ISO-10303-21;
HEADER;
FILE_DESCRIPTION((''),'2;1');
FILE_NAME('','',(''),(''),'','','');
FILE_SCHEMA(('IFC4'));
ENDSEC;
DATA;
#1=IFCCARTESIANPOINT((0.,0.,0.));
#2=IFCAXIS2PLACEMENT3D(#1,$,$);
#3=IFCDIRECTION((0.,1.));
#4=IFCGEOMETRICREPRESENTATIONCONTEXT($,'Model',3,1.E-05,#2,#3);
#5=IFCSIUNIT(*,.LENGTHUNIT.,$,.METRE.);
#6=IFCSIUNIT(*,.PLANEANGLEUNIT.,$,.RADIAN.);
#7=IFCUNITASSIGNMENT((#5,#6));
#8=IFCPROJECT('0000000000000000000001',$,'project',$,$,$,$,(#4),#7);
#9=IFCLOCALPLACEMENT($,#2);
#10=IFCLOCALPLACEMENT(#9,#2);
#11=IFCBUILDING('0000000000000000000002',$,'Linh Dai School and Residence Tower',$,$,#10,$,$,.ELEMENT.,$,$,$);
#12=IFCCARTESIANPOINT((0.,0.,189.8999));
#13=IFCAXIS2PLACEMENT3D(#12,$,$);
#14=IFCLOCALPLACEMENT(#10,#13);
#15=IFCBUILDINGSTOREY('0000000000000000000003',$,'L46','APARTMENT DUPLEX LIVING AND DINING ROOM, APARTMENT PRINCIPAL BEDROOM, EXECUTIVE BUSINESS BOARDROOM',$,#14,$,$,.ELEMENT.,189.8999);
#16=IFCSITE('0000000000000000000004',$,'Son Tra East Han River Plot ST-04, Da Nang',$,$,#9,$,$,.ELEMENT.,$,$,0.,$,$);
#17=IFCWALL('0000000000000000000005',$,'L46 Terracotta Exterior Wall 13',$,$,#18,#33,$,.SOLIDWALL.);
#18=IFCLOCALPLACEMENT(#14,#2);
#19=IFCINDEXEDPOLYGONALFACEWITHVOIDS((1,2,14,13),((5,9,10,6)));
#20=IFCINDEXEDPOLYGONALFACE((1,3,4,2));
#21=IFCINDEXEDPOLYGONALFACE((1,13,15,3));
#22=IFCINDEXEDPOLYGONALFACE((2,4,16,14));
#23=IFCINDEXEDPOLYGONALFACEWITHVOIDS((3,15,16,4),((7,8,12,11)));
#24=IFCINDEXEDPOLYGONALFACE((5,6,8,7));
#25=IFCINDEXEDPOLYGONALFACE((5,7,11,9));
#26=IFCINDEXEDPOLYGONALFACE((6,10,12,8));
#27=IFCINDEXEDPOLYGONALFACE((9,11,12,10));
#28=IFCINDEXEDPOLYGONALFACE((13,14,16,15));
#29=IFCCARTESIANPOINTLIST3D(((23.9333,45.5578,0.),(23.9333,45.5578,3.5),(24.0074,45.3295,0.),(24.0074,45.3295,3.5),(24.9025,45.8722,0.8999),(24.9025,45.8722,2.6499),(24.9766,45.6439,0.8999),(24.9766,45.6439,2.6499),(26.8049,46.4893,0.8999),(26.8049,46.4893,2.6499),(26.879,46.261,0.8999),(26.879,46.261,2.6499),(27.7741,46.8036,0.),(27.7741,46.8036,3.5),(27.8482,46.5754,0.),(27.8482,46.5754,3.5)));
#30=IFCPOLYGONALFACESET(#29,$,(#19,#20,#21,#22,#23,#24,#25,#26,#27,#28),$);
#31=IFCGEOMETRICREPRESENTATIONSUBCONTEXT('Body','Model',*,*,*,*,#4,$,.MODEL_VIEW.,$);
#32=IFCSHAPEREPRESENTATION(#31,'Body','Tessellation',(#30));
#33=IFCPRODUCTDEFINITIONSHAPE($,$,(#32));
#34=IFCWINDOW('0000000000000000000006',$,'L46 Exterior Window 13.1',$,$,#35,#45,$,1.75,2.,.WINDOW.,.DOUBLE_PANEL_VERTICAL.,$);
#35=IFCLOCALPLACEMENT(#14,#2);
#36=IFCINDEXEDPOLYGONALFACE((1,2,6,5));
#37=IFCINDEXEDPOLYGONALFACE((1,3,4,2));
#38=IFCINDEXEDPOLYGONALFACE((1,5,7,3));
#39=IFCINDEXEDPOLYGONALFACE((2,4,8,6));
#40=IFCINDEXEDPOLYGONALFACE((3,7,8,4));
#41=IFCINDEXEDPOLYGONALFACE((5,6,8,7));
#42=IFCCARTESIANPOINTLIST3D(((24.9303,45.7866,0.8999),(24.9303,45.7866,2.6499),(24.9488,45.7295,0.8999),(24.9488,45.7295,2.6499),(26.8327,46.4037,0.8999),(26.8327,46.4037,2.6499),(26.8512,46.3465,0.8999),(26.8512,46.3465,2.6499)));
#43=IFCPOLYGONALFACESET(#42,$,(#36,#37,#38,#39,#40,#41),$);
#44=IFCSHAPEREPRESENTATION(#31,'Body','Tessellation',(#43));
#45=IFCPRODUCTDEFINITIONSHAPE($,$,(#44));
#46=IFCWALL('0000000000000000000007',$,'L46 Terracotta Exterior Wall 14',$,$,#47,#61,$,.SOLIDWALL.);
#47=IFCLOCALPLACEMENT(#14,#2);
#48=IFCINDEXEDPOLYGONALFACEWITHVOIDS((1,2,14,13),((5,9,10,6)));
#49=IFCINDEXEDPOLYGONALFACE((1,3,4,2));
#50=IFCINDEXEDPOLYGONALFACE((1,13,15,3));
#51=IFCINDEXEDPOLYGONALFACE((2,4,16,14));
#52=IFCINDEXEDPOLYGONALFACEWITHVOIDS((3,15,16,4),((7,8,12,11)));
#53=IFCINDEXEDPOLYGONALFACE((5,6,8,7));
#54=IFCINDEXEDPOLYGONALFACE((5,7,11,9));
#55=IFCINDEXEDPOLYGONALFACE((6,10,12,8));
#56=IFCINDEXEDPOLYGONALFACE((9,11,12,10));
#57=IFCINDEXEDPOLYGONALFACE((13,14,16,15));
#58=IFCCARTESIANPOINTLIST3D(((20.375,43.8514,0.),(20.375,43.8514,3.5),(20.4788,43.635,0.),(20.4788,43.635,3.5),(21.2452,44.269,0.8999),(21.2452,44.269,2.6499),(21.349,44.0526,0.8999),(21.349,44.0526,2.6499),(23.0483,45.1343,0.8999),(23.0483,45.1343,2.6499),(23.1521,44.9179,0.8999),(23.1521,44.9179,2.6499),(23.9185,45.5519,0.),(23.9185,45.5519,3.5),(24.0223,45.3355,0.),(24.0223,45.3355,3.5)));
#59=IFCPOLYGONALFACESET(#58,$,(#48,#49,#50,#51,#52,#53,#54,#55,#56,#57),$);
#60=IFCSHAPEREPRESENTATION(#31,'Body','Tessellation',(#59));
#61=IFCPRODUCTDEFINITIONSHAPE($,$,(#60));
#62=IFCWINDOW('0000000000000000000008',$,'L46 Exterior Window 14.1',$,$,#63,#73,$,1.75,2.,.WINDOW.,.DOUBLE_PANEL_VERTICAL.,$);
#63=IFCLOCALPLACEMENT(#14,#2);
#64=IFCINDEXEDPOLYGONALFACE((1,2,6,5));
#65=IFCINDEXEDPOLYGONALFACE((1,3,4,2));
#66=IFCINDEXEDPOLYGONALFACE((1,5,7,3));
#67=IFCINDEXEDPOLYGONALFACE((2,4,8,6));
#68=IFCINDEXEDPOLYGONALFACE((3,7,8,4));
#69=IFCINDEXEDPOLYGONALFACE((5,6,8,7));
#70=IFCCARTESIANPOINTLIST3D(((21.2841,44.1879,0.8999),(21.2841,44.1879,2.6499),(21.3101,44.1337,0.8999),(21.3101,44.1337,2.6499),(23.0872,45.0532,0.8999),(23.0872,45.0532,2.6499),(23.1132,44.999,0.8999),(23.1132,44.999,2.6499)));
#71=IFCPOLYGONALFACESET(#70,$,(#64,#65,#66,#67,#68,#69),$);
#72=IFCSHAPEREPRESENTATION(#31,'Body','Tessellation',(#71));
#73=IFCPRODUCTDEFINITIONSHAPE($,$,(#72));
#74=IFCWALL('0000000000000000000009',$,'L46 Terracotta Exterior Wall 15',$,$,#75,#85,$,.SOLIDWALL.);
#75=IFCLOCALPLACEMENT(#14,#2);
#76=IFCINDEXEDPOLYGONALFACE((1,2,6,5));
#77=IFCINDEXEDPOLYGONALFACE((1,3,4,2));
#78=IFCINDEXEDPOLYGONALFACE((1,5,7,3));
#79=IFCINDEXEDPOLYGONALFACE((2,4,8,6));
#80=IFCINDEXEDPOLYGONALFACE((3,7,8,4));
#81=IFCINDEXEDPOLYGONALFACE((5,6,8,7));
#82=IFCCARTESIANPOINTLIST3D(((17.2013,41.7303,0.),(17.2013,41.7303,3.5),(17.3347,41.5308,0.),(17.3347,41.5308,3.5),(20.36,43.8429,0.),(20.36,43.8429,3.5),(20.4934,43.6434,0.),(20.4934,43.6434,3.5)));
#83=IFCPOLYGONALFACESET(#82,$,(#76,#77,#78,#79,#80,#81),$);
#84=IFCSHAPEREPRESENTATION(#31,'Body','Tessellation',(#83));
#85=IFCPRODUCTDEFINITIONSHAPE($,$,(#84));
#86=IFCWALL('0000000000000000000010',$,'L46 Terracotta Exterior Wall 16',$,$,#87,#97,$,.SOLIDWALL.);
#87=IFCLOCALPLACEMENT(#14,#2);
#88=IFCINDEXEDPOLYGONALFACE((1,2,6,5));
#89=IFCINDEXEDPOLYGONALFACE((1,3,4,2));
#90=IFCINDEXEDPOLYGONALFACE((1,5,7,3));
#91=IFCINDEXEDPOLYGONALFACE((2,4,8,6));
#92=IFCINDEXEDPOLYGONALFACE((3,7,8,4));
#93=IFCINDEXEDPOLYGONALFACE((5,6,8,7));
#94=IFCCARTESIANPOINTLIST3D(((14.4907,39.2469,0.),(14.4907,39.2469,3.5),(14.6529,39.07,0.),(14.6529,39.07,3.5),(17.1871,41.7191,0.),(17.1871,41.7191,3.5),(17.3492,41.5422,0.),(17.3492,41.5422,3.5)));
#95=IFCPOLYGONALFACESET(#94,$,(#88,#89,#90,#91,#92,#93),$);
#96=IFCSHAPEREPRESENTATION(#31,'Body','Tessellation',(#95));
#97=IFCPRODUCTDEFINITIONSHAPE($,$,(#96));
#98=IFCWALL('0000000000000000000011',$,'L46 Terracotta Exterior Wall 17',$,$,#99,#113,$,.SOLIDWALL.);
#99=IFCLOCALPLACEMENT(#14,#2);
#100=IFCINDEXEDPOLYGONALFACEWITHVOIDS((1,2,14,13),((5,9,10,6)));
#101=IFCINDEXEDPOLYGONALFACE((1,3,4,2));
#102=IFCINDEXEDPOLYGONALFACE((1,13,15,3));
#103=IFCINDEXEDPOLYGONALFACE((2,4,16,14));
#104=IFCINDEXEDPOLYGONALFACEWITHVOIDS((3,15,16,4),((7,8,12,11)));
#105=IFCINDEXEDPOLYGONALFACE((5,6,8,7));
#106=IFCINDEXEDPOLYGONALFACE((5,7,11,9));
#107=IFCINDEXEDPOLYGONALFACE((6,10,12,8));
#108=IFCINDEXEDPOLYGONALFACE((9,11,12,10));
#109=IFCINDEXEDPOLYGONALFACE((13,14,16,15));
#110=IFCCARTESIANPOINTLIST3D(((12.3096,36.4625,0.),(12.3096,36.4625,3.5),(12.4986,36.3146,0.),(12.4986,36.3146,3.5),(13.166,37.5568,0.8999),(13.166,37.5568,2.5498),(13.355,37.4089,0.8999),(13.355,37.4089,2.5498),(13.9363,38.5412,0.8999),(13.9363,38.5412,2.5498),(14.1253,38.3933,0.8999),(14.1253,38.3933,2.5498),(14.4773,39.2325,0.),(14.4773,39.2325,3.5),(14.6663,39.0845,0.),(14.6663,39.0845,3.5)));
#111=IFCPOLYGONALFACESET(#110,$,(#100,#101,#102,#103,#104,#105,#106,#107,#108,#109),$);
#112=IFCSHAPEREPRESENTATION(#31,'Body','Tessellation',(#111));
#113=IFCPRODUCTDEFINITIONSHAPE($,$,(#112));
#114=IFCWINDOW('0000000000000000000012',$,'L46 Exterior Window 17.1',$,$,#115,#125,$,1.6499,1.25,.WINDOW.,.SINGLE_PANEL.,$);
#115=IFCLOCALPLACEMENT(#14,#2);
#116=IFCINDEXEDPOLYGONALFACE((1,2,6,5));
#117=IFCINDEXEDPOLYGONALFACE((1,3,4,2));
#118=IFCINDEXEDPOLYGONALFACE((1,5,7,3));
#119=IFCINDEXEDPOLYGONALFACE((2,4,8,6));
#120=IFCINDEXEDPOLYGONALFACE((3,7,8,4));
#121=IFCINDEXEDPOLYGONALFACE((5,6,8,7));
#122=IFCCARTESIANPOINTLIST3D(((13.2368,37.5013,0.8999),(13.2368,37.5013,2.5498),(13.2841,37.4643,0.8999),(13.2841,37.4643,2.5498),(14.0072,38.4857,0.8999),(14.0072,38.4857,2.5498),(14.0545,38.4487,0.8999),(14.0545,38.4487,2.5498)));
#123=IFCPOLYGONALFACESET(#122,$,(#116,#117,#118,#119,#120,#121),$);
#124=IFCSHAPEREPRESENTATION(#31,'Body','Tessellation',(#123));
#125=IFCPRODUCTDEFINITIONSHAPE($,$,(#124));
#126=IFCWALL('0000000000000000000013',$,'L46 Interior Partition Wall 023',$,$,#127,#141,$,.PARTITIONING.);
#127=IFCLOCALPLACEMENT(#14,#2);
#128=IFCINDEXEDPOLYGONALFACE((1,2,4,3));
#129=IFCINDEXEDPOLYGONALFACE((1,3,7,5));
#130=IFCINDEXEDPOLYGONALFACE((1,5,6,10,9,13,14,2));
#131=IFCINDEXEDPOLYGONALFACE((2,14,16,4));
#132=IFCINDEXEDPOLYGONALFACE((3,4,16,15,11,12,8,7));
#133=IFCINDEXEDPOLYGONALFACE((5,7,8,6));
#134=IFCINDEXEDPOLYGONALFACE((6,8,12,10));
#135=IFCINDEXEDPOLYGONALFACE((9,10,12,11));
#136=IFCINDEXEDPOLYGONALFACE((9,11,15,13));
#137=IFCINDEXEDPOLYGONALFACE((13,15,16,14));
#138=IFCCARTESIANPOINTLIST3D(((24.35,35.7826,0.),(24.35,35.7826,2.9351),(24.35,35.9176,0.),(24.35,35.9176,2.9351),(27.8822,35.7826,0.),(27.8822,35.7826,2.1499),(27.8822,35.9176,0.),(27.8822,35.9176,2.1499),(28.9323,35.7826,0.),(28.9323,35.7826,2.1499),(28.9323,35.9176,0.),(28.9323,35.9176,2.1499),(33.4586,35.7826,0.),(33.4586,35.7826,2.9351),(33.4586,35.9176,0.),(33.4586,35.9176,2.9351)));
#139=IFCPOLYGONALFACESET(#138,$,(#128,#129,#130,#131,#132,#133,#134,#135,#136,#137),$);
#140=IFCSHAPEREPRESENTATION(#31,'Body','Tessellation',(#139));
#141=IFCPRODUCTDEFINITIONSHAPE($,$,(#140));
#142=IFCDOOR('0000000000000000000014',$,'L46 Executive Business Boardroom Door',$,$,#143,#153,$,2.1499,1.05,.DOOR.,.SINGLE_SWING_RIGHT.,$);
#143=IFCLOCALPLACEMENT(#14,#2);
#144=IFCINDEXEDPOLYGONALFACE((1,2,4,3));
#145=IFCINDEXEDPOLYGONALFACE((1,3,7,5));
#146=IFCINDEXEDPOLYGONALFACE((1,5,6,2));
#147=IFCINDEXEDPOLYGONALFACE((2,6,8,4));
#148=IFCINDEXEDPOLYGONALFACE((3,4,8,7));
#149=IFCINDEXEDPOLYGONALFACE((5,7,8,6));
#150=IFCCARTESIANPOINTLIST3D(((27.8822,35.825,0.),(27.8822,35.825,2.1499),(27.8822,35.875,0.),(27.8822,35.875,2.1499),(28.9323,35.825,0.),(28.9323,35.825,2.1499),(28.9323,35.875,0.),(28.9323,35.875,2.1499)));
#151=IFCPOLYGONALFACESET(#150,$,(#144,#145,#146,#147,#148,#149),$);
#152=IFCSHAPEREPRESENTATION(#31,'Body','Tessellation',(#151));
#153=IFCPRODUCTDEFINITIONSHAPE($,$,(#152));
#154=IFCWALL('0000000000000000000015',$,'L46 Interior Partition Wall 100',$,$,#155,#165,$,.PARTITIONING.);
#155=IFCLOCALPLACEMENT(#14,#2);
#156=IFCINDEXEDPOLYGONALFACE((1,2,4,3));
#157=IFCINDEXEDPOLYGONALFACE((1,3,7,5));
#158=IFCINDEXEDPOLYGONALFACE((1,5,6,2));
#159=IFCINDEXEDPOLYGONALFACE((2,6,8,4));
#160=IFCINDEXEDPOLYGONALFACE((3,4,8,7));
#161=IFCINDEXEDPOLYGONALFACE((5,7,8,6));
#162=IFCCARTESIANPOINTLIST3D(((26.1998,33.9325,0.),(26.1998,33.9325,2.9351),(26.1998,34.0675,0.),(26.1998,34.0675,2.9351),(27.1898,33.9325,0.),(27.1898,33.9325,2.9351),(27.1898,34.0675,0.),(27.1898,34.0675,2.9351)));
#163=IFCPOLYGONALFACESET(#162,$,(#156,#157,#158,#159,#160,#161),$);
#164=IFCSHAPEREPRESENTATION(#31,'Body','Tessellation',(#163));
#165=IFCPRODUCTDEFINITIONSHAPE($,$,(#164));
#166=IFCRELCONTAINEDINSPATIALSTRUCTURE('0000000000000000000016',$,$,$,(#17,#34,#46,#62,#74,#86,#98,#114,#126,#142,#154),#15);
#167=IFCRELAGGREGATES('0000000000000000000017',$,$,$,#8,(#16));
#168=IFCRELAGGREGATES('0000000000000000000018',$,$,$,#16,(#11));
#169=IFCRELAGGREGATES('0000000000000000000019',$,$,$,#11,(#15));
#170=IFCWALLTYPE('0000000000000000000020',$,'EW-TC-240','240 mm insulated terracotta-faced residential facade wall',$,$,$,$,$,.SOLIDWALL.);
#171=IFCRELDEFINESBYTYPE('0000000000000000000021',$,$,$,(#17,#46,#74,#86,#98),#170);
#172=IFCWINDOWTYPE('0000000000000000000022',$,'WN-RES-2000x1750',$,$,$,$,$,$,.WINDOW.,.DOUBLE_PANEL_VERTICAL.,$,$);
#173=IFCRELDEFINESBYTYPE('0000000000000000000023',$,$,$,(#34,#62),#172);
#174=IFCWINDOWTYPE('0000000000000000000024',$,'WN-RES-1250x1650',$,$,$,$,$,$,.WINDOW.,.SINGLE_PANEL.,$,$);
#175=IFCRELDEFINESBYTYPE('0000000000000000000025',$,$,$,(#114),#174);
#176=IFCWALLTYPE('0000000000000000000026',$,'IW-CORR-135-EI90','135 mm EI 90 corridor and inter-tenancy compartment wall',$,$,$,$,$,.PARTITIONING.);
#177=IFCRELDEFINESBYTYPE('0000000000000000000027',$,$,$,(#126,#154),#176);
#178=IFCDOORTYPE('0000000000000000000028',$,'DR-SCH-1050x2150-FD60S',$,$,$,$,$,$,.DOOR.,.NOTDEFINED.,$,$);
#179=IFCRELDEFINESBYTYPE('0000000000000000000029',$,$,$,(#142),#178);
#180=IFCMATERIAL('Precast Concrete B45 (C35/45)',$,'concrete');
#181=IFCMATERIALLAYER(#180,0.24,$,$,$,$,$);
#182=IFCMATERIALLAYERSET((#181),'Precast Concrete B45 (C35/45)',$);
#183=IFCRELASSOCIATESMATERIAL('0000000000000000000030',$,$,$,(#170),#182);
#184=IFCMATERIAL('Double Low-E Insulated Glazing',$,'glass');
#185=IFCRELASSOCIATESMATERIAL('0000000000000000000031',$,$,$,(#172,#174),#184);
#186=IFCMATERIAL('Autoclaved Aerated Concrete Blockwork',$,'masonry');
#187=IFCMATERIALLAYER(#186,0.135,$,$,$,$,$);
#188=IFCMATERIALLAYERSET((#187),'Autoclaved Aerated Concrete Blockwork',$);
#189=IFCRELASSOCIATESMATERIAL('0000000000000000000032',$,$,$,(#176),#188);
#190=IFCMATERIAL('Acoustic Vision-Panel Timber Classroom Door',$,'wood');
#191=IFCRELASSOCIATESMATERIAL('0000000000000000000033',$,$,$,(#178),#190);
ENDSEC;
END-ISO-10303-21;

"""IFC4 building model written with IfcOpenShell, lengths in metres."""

from ifc_helpers import new_model, si_unit, direction, frame, frame_2d, origin, origin_2d, place, context, subcontext, project, spatial, rectangle, extrude, source, transform, mapped, material, layer, layer_set, type_object, element, fill, save


model = new_model("IFC4")

# Units and contexts
model_context = context("Model", 3, precision=1e-05, world=origin(), true_north=direction((0.0, 1.0)))
body_context = subcontext(model_context, "Body", "Model", "MODEL_VIEW")
ifc_project = project(units=[si_unit("LENGTHUNIT", "METRE"), si_unit("PLANEANGLEUNIT", "RADIAN")], contexts=[model_context])

# Site, building, storey
site_placement = place(None, origin())
site = spatial("IfcSite", under=ifc_project, at=site_placement, Name="Son Tra East Han River Plot ST-04, Da Nang", CompositionType="ELEMENT", RefElevation=0.0)
building_placement = place(site_placement, origin())
building = spatial("IfcBuilding", under=site, at=building_placement, Name="Linh Dai School and Residence Tower", CompositionType="ELEMENT")
storey_placement = place(building_placement, frame((0.0, 0.0, 189.8999)))
storey = spatial("IfcBuildingStorey", under=building, at=storey_placement, Name="L46", Description="APARTMENT DUPLEX LIVING AND DINING ROOM, APARTMENT PRINCIPAL BEDROOM, EXECUTIVE BUSINESS BOARDROOM", CompositionType="ELEMENT", Elevation=189.8999)

# Shared definitions
ifc_material_1 = material(Name="Precast Concrete B45 (C35/45)", Category="concrete")

# Walls, openings, windows
ifc_layer_1 = layer(ifc_material_1, 0.24)
ifc_layer_set_1 = layer_set([ifc_layer_1], Name="Precast Concrete B45 (C35/45)")
wall_type_1 = type_object("IfcWallType", Name="EW-TC-240", Description="240 mm insulated terracotta-faced residential facade wall", PredefinedType="SOLIDWALL", material=ifc_layer_set_1)
wall_1_placement = place(storey_placement, frame((23.9702, 45.4436, 0.0), z_axis=(0.0, 0.0, 1.0), x_axis=(0.95121, 0.308545, 0.0)))
wall_1 = element("IfcWall", 1, at=wall_1_placement, inside=storey, type_object=wall_type_1, Name="L46 Terracotta Exterior Wall 13", PredefinedType="SOLIDWALL", context=body_context, shape_type="SweptSolid", body=[
    extrude(rectangle(XDim=4.0378, YDim=0.24, at=frame_2d((2.019, 0.0))), origin(), (0.0, 0.0, 1.0), 3.5),
])
opening_1_placement = place(wall_1_placement, frame((1.019, 0.0, 0.8999)))
opening_1 = element("IfcOpeningElement", 2, at=opening_1_placement, cuts=wall_1, PredefinedType="OPENING", context=body_context, shape_type="SweptSolid", body=[
    extrude(rectangle(XDim=2.0, YDim=1.75, at=origin_2d()), frame((1.0, 0.1299, 0.875), z_axis=(0.0, -1.0, 0.0), x_axis=(1.0, 0.0, 0.0)), (0.0, 0.0, 1.0), 0.26),
])
ifc_material_2 = material(Name="Double Low-E Insulated Glazing", Category="glass")
window_type_1 = type_object("IfcWindowType", Name="WN-RES-2000x1750", PartitioningType="DOUBLE_PANEL_VERTICAL", PredefinedType="WINDOW", material=ifc_material_2)
shared_shape_1 = source(origin(), body_context, "Body", "SweptSolid", [
    extrude(rectangle(XDim=2.0, YDim=1.75, at=origin_2d()), frame((1.0, 0.03, 0.875), z_axis=(0.0, -1.0, 0.0), x_axis=(1.0, 0.0, 0.0)), (0.0, 0.0, 1.0), 0.0601),
])
window_1_placement = place(opening_1_placement, origin())
window_1 = element("IfcWindow", 3, at=window_1_placement, inside=storey, type_object=window_type_1, Name="L46 Exterior Window 13.1", OverallHeight=1.75, OverallWidth=2.0, PartitioningType="DOUBLE_PANEL_VERTICAL", PredefinedType="WINDOW", context=body_context, shape_type="MappedRepresentation", body=[
    mapped(shared_shape_1, transform((0.0, 0.0, 0.0), x_axis=(1.0, 0.0, 0.0), y_axis=(0.0, 1.0, 0.0), z_axis=(0.0, 0.0, 1.0), scale=1.0)),
])
fill(opening_1, window_1)
wall_2_placement = place(storey_placement, frame((20.4268, 43.7432, 0.0), z_axis=(0.0, 0.0, 1.0), x_axis=(0.901565, 0.432644, 0.0)))
wall_2 = element("IfcWall", 4, at=wall_2_placement, inside=storey, type_object=wall_type_1, Name="L46 Terracotta Exterior Wall 14", PredefinedType="SOLIDWALL", context=body_context, shape_type="SweptSolid", body=[
    extrude(rectangle(XDim=3.9304, YDim=0.24, at=frame_2d((1.9653, 0.0))), origin(), (0.0, 0.0, 1.0), 3.5),
])
opening_2_placement = place(wall_2_placement, frame((0.9653, 0.0, 0.8999)))
opening_2 = element("IfcOpeningElement", 5, at=opening_2_placement, cuts=wall_2, PredefinedType="OPENING", context=body_context, shape_type="SweptSolid", body=[
    extrude(rectangle(XDim=2.0, YDim=1.75, at=origin_2d()), frame((1.0, 0.1299, 0.875), z_axis=(0.0, -1.0, 0.0), x_axis=(1.0, 0.0, 0.0)), (0.0, 0.0, 1.0), 0.26),
])
window_2_placement = place(opening_2_placement, origin())
window_2 = element("IfcWindow", 6, at=window_2_placement, inside=storey, type_object=window_type_1, Name="L46 Exterior Window 14.1", OverallHeight=1.75, OverallWidth=2.0, PartitioningType="DOUBLE_PANEL_VERTICAL", PredefinedType="WINDOW", context=body_context, shape_type="MappedRepresentation", body=[
    mapped(shared_shape_1, transform((0.0, 0.0, 0.0), x_axis=(1.0, 0.0, 0.0), y_axis=(0.0, 1.0, 0.0), z_axis=(0.0, 0.0, 1.0), scale=1.0)),
])
fill(opening_2, window_2)

# Walls
wall_3_placement = place(storey_placement, frame((17.2681, 41.6306, 0.0), z_axis=(0.0, 0.0, 1.0), x_axis=(0.831229, 0.55593, 0.0)))
element("IfcWall", 7, at=wall_3_placement, inside=storey, type_object=wall_type_1, Name="L46 Terracotta Exterior Wall 15", PredefinedType="SOLIDWALL", context=body_context, shape_type="SweptSolid", body=[
    extrude(rectangle(XDim=3.8, YDim=0.24, at=frame_2d((1.8999, 0.0))), origin(), (0.0, 0.0, 1.0), 3.5),
])
wall_4_placement = place(storey_placement, frame((14.5718, 39.1584, 0.0), z_axis=(0.0, 0.0, 1.0), x_axis=(0.737077, 0.675809, 0.0)))
element("IfcWall", 8, at=wall_4_placement, inside=storey, type_object=wall_type_1, Name="L46 Terracotta Exterior Wall 16", PredefinedType="SOLIDWALL", context=body_context, shape_type="SweptSolid", body=[
    extrude(rectangle(XDim=3.6582, YDim=0.24, at=frame_2d((1.8291, 0.0))), origin(), (0.0, 0.0, 1.0), 3.5),
])

# Wall, opening, window
wall_5_placement = place(storey_placement, frame((12.4041, 36.3884, 0.0), z_axis=(0.0, 0.0, 1.0), x_axis=(0.616288, 0.787521, 0.0)))
wall_5 = element("IfcWall", 9, at=wall_5_placement, inside=storey, type_object=wall_type_1, Name="L46 Terracotta Exterior Wall 17", PredefinedType="SOLIDWALL", context=body_context, shape_type="SweptSolid", body=[
    extrude(rectangle(XDim=3.5173, YDim=0.24, at=frame_2d((1.7588, 0.0))), origin(), (0.0, 0.0, 1.0), 3.5),
])
opening_3_placement = place(wall_5_placement, frame((1.3896, 0.0, 0.8999)))
opening_3 = element("IfcOpeningElement", 10, at=opening_3_placement, cuts=wall_5, PredefinedType="OPENING", context=body_context, shape_type="SweptSolid", body=[
    extrude(rectangle(XDim=1.25, YDim=1.6499, at=origin_2d()), frame((0.625, 0.1299, 0.825), z_axis=(0.0, -1.0, 0.0), x_axis=(1.0, 0.0, 0.0)), (0.0, 0.0, 1.0), 0.26),
])
window_type_2 = type_object("IfcWindowType", Name="WN-RES-1250x1650", PartitioningType="SINGLE_PANEL", PredefinedType="WINDOW", material=ifc_material_2)
shared_shape_2 = source(origin(), body_context, "Body", "SweptSolid", [
    extrude(rectangle(XDim=1.25, YDim=1.6499, at=origin_2d()), frame((0.625, 0.03, 0.825), z_axis=(0.0, -1.0, 0.0), x_axis=(1.0, 0.0, 0.0)), (0.0, 0.0, 1.0), 0.0601),
])
window_3_placement = place(opening_3_placement, origin())
window_3 = element("IfcWindow", 11, at=window_3_placement, inside=storey, type_object=window_type_2, Name="L46 Exterior Window 17.1", OverallHeight=1.6499, OverallWidth=1.25, PartitioningType="SINGLE_PANEL", PredefinedType="WINDOW", context=body_context, shape_type="MappedRepresentation", body=[
    mapped(shared_shape_2, transform((0.0, 0.0, 0.0), x_axis=(1.0, 0.0, 0.0), y_axis=(0.0, 1.0, 0.0), z_axis=(0.0, 0.0, 1.0), scale=1.0)),
])
fill(opening_3, window_3)

# Wall, opening, door
ifc_material_3 = material(Name="Autoclaved Aerated Concrete Blockwork", Category="masonry")
ifc_layer_2 = layer(ifc_material_3, 0.135)
ifc_layer_set_2 = layer_set([ifc_layer_2], Name="Autoclaved Aerated Concrete Blockwork")
wall_type_2 = type_object("IfcWallType", Name="IW-CORR-135-EI90", Description="135 mm EI 90 corridor and inter-tenancy compartment wall", PredefinedType="PARTITIONING", material=ifc_layer_set_2)
wall_6_placement = place(storey_placement, frame((24.3501, 35.8501, 0.0), z_axis=(0.0, 0.0, 1.0), x_axis=(1.0, 0.0, 0.0)))
wall_6 = element("IfcWall", 12, at=wall_6_placement, inside=storey, type_object=wall_type_2, Name="L46 Interior Partition Wall 023", PredefinedType="PARTITIONING", context=body_context, shape_type="SweptSolid", body=[
    extrude(rectangle(XDim=9.1086, YDim=0.135, at=frame_2d((4.5542, 0.0))), origin(), (0.0, 0.0, 1.0), 2.9351),
])
opening_4_placement = place(wall_6_placement, frame((3.5322, 0.0, 0.0)))
opening_4 = element("IfcOpeningElement", 13, at=opening_4_placement, cuts=wall_6, PredefinedType="OPENING", context=body_context, shape_type="SweptSolid", body=[
    extrude(rectangle(XDim=1.05, YDim=2.1499, at=origin_2d()), frame((0.5249, 0.0776, 1.075), z_axis=(0.0, -1.0, 0.0), x_axis=(1.0, 0.0, 0.0)), (0.0, 0.0, 1.0), 0.155),
])
ifc_material_4 = material(Name="Acoustic Vision-Panel Timber Classroom Door", Category="wood")
door_type = type_object("IfcDoorType", Name="DR-SCH-1050x2150-FD60S", OperationType="NOTDEFINED", PredefinedType="DOOR", material=ifc_material_4)
shared_shape_3 = source(origin(), body_context, "Body", "SweptSolid", [
    extrude(rectangle(XDim=1.05, YDim=2.1499, at=origin_2d()), frame((0.5249, 0.0249, 1.075), z_axis=(0.0, -1.0, 0.0), x_axis=(1.0, 0.0, 0.0)), (0.0, 0.0, 1.0), 0.05),
])
door_1_placement = place(opening_4_placement, origin())
door_1 = element("IfcDoor", 14, at=door_1_placement, inside=storey, type_object=door_type, Name="L46 Executive Business Boardroom Door", OperationType="SINGLE_SWING_RIGHT", OverallHeight=2.1499, OverallWidth=1.05, PredefinedType="DOOR", context=body_context, shape_type="MappedRepresentation", body=[
    mapped(shared_shape_3, transform((0.0, 0.0, 0.0), x_axis=(1.0, 0.0, 0.0), y_axis=(0.0, 1.0, 0.0), z_axis=(0.0, 0.0, 1.0), scale=1.0)),
])
fill(opening_4, door_1)

# Wall
wall_7_placement = place(storey_placement, frame((27.1899, 34.0, 0.0), z_axis=(0.0, 0.0, 1.0), x_axis=(-1.0, 0.0, 0.0)))
element("IfcWall", 15, at=wall_7_placement, inside=storey, type_object=wall_type_2, Name="L46 Interior Partition Wall 100", PredefinedType="PARTITIONING", context=body_context, shape_type="SweptSolid", body=[
    extrude(rectangle(XDim=0.99, YDim=0.135, at=frame_2d((0.4951, 0.0))), origin(), (0.0, 0.0, 1.0), 2.9351),
])

save(model, "model.ifc")
